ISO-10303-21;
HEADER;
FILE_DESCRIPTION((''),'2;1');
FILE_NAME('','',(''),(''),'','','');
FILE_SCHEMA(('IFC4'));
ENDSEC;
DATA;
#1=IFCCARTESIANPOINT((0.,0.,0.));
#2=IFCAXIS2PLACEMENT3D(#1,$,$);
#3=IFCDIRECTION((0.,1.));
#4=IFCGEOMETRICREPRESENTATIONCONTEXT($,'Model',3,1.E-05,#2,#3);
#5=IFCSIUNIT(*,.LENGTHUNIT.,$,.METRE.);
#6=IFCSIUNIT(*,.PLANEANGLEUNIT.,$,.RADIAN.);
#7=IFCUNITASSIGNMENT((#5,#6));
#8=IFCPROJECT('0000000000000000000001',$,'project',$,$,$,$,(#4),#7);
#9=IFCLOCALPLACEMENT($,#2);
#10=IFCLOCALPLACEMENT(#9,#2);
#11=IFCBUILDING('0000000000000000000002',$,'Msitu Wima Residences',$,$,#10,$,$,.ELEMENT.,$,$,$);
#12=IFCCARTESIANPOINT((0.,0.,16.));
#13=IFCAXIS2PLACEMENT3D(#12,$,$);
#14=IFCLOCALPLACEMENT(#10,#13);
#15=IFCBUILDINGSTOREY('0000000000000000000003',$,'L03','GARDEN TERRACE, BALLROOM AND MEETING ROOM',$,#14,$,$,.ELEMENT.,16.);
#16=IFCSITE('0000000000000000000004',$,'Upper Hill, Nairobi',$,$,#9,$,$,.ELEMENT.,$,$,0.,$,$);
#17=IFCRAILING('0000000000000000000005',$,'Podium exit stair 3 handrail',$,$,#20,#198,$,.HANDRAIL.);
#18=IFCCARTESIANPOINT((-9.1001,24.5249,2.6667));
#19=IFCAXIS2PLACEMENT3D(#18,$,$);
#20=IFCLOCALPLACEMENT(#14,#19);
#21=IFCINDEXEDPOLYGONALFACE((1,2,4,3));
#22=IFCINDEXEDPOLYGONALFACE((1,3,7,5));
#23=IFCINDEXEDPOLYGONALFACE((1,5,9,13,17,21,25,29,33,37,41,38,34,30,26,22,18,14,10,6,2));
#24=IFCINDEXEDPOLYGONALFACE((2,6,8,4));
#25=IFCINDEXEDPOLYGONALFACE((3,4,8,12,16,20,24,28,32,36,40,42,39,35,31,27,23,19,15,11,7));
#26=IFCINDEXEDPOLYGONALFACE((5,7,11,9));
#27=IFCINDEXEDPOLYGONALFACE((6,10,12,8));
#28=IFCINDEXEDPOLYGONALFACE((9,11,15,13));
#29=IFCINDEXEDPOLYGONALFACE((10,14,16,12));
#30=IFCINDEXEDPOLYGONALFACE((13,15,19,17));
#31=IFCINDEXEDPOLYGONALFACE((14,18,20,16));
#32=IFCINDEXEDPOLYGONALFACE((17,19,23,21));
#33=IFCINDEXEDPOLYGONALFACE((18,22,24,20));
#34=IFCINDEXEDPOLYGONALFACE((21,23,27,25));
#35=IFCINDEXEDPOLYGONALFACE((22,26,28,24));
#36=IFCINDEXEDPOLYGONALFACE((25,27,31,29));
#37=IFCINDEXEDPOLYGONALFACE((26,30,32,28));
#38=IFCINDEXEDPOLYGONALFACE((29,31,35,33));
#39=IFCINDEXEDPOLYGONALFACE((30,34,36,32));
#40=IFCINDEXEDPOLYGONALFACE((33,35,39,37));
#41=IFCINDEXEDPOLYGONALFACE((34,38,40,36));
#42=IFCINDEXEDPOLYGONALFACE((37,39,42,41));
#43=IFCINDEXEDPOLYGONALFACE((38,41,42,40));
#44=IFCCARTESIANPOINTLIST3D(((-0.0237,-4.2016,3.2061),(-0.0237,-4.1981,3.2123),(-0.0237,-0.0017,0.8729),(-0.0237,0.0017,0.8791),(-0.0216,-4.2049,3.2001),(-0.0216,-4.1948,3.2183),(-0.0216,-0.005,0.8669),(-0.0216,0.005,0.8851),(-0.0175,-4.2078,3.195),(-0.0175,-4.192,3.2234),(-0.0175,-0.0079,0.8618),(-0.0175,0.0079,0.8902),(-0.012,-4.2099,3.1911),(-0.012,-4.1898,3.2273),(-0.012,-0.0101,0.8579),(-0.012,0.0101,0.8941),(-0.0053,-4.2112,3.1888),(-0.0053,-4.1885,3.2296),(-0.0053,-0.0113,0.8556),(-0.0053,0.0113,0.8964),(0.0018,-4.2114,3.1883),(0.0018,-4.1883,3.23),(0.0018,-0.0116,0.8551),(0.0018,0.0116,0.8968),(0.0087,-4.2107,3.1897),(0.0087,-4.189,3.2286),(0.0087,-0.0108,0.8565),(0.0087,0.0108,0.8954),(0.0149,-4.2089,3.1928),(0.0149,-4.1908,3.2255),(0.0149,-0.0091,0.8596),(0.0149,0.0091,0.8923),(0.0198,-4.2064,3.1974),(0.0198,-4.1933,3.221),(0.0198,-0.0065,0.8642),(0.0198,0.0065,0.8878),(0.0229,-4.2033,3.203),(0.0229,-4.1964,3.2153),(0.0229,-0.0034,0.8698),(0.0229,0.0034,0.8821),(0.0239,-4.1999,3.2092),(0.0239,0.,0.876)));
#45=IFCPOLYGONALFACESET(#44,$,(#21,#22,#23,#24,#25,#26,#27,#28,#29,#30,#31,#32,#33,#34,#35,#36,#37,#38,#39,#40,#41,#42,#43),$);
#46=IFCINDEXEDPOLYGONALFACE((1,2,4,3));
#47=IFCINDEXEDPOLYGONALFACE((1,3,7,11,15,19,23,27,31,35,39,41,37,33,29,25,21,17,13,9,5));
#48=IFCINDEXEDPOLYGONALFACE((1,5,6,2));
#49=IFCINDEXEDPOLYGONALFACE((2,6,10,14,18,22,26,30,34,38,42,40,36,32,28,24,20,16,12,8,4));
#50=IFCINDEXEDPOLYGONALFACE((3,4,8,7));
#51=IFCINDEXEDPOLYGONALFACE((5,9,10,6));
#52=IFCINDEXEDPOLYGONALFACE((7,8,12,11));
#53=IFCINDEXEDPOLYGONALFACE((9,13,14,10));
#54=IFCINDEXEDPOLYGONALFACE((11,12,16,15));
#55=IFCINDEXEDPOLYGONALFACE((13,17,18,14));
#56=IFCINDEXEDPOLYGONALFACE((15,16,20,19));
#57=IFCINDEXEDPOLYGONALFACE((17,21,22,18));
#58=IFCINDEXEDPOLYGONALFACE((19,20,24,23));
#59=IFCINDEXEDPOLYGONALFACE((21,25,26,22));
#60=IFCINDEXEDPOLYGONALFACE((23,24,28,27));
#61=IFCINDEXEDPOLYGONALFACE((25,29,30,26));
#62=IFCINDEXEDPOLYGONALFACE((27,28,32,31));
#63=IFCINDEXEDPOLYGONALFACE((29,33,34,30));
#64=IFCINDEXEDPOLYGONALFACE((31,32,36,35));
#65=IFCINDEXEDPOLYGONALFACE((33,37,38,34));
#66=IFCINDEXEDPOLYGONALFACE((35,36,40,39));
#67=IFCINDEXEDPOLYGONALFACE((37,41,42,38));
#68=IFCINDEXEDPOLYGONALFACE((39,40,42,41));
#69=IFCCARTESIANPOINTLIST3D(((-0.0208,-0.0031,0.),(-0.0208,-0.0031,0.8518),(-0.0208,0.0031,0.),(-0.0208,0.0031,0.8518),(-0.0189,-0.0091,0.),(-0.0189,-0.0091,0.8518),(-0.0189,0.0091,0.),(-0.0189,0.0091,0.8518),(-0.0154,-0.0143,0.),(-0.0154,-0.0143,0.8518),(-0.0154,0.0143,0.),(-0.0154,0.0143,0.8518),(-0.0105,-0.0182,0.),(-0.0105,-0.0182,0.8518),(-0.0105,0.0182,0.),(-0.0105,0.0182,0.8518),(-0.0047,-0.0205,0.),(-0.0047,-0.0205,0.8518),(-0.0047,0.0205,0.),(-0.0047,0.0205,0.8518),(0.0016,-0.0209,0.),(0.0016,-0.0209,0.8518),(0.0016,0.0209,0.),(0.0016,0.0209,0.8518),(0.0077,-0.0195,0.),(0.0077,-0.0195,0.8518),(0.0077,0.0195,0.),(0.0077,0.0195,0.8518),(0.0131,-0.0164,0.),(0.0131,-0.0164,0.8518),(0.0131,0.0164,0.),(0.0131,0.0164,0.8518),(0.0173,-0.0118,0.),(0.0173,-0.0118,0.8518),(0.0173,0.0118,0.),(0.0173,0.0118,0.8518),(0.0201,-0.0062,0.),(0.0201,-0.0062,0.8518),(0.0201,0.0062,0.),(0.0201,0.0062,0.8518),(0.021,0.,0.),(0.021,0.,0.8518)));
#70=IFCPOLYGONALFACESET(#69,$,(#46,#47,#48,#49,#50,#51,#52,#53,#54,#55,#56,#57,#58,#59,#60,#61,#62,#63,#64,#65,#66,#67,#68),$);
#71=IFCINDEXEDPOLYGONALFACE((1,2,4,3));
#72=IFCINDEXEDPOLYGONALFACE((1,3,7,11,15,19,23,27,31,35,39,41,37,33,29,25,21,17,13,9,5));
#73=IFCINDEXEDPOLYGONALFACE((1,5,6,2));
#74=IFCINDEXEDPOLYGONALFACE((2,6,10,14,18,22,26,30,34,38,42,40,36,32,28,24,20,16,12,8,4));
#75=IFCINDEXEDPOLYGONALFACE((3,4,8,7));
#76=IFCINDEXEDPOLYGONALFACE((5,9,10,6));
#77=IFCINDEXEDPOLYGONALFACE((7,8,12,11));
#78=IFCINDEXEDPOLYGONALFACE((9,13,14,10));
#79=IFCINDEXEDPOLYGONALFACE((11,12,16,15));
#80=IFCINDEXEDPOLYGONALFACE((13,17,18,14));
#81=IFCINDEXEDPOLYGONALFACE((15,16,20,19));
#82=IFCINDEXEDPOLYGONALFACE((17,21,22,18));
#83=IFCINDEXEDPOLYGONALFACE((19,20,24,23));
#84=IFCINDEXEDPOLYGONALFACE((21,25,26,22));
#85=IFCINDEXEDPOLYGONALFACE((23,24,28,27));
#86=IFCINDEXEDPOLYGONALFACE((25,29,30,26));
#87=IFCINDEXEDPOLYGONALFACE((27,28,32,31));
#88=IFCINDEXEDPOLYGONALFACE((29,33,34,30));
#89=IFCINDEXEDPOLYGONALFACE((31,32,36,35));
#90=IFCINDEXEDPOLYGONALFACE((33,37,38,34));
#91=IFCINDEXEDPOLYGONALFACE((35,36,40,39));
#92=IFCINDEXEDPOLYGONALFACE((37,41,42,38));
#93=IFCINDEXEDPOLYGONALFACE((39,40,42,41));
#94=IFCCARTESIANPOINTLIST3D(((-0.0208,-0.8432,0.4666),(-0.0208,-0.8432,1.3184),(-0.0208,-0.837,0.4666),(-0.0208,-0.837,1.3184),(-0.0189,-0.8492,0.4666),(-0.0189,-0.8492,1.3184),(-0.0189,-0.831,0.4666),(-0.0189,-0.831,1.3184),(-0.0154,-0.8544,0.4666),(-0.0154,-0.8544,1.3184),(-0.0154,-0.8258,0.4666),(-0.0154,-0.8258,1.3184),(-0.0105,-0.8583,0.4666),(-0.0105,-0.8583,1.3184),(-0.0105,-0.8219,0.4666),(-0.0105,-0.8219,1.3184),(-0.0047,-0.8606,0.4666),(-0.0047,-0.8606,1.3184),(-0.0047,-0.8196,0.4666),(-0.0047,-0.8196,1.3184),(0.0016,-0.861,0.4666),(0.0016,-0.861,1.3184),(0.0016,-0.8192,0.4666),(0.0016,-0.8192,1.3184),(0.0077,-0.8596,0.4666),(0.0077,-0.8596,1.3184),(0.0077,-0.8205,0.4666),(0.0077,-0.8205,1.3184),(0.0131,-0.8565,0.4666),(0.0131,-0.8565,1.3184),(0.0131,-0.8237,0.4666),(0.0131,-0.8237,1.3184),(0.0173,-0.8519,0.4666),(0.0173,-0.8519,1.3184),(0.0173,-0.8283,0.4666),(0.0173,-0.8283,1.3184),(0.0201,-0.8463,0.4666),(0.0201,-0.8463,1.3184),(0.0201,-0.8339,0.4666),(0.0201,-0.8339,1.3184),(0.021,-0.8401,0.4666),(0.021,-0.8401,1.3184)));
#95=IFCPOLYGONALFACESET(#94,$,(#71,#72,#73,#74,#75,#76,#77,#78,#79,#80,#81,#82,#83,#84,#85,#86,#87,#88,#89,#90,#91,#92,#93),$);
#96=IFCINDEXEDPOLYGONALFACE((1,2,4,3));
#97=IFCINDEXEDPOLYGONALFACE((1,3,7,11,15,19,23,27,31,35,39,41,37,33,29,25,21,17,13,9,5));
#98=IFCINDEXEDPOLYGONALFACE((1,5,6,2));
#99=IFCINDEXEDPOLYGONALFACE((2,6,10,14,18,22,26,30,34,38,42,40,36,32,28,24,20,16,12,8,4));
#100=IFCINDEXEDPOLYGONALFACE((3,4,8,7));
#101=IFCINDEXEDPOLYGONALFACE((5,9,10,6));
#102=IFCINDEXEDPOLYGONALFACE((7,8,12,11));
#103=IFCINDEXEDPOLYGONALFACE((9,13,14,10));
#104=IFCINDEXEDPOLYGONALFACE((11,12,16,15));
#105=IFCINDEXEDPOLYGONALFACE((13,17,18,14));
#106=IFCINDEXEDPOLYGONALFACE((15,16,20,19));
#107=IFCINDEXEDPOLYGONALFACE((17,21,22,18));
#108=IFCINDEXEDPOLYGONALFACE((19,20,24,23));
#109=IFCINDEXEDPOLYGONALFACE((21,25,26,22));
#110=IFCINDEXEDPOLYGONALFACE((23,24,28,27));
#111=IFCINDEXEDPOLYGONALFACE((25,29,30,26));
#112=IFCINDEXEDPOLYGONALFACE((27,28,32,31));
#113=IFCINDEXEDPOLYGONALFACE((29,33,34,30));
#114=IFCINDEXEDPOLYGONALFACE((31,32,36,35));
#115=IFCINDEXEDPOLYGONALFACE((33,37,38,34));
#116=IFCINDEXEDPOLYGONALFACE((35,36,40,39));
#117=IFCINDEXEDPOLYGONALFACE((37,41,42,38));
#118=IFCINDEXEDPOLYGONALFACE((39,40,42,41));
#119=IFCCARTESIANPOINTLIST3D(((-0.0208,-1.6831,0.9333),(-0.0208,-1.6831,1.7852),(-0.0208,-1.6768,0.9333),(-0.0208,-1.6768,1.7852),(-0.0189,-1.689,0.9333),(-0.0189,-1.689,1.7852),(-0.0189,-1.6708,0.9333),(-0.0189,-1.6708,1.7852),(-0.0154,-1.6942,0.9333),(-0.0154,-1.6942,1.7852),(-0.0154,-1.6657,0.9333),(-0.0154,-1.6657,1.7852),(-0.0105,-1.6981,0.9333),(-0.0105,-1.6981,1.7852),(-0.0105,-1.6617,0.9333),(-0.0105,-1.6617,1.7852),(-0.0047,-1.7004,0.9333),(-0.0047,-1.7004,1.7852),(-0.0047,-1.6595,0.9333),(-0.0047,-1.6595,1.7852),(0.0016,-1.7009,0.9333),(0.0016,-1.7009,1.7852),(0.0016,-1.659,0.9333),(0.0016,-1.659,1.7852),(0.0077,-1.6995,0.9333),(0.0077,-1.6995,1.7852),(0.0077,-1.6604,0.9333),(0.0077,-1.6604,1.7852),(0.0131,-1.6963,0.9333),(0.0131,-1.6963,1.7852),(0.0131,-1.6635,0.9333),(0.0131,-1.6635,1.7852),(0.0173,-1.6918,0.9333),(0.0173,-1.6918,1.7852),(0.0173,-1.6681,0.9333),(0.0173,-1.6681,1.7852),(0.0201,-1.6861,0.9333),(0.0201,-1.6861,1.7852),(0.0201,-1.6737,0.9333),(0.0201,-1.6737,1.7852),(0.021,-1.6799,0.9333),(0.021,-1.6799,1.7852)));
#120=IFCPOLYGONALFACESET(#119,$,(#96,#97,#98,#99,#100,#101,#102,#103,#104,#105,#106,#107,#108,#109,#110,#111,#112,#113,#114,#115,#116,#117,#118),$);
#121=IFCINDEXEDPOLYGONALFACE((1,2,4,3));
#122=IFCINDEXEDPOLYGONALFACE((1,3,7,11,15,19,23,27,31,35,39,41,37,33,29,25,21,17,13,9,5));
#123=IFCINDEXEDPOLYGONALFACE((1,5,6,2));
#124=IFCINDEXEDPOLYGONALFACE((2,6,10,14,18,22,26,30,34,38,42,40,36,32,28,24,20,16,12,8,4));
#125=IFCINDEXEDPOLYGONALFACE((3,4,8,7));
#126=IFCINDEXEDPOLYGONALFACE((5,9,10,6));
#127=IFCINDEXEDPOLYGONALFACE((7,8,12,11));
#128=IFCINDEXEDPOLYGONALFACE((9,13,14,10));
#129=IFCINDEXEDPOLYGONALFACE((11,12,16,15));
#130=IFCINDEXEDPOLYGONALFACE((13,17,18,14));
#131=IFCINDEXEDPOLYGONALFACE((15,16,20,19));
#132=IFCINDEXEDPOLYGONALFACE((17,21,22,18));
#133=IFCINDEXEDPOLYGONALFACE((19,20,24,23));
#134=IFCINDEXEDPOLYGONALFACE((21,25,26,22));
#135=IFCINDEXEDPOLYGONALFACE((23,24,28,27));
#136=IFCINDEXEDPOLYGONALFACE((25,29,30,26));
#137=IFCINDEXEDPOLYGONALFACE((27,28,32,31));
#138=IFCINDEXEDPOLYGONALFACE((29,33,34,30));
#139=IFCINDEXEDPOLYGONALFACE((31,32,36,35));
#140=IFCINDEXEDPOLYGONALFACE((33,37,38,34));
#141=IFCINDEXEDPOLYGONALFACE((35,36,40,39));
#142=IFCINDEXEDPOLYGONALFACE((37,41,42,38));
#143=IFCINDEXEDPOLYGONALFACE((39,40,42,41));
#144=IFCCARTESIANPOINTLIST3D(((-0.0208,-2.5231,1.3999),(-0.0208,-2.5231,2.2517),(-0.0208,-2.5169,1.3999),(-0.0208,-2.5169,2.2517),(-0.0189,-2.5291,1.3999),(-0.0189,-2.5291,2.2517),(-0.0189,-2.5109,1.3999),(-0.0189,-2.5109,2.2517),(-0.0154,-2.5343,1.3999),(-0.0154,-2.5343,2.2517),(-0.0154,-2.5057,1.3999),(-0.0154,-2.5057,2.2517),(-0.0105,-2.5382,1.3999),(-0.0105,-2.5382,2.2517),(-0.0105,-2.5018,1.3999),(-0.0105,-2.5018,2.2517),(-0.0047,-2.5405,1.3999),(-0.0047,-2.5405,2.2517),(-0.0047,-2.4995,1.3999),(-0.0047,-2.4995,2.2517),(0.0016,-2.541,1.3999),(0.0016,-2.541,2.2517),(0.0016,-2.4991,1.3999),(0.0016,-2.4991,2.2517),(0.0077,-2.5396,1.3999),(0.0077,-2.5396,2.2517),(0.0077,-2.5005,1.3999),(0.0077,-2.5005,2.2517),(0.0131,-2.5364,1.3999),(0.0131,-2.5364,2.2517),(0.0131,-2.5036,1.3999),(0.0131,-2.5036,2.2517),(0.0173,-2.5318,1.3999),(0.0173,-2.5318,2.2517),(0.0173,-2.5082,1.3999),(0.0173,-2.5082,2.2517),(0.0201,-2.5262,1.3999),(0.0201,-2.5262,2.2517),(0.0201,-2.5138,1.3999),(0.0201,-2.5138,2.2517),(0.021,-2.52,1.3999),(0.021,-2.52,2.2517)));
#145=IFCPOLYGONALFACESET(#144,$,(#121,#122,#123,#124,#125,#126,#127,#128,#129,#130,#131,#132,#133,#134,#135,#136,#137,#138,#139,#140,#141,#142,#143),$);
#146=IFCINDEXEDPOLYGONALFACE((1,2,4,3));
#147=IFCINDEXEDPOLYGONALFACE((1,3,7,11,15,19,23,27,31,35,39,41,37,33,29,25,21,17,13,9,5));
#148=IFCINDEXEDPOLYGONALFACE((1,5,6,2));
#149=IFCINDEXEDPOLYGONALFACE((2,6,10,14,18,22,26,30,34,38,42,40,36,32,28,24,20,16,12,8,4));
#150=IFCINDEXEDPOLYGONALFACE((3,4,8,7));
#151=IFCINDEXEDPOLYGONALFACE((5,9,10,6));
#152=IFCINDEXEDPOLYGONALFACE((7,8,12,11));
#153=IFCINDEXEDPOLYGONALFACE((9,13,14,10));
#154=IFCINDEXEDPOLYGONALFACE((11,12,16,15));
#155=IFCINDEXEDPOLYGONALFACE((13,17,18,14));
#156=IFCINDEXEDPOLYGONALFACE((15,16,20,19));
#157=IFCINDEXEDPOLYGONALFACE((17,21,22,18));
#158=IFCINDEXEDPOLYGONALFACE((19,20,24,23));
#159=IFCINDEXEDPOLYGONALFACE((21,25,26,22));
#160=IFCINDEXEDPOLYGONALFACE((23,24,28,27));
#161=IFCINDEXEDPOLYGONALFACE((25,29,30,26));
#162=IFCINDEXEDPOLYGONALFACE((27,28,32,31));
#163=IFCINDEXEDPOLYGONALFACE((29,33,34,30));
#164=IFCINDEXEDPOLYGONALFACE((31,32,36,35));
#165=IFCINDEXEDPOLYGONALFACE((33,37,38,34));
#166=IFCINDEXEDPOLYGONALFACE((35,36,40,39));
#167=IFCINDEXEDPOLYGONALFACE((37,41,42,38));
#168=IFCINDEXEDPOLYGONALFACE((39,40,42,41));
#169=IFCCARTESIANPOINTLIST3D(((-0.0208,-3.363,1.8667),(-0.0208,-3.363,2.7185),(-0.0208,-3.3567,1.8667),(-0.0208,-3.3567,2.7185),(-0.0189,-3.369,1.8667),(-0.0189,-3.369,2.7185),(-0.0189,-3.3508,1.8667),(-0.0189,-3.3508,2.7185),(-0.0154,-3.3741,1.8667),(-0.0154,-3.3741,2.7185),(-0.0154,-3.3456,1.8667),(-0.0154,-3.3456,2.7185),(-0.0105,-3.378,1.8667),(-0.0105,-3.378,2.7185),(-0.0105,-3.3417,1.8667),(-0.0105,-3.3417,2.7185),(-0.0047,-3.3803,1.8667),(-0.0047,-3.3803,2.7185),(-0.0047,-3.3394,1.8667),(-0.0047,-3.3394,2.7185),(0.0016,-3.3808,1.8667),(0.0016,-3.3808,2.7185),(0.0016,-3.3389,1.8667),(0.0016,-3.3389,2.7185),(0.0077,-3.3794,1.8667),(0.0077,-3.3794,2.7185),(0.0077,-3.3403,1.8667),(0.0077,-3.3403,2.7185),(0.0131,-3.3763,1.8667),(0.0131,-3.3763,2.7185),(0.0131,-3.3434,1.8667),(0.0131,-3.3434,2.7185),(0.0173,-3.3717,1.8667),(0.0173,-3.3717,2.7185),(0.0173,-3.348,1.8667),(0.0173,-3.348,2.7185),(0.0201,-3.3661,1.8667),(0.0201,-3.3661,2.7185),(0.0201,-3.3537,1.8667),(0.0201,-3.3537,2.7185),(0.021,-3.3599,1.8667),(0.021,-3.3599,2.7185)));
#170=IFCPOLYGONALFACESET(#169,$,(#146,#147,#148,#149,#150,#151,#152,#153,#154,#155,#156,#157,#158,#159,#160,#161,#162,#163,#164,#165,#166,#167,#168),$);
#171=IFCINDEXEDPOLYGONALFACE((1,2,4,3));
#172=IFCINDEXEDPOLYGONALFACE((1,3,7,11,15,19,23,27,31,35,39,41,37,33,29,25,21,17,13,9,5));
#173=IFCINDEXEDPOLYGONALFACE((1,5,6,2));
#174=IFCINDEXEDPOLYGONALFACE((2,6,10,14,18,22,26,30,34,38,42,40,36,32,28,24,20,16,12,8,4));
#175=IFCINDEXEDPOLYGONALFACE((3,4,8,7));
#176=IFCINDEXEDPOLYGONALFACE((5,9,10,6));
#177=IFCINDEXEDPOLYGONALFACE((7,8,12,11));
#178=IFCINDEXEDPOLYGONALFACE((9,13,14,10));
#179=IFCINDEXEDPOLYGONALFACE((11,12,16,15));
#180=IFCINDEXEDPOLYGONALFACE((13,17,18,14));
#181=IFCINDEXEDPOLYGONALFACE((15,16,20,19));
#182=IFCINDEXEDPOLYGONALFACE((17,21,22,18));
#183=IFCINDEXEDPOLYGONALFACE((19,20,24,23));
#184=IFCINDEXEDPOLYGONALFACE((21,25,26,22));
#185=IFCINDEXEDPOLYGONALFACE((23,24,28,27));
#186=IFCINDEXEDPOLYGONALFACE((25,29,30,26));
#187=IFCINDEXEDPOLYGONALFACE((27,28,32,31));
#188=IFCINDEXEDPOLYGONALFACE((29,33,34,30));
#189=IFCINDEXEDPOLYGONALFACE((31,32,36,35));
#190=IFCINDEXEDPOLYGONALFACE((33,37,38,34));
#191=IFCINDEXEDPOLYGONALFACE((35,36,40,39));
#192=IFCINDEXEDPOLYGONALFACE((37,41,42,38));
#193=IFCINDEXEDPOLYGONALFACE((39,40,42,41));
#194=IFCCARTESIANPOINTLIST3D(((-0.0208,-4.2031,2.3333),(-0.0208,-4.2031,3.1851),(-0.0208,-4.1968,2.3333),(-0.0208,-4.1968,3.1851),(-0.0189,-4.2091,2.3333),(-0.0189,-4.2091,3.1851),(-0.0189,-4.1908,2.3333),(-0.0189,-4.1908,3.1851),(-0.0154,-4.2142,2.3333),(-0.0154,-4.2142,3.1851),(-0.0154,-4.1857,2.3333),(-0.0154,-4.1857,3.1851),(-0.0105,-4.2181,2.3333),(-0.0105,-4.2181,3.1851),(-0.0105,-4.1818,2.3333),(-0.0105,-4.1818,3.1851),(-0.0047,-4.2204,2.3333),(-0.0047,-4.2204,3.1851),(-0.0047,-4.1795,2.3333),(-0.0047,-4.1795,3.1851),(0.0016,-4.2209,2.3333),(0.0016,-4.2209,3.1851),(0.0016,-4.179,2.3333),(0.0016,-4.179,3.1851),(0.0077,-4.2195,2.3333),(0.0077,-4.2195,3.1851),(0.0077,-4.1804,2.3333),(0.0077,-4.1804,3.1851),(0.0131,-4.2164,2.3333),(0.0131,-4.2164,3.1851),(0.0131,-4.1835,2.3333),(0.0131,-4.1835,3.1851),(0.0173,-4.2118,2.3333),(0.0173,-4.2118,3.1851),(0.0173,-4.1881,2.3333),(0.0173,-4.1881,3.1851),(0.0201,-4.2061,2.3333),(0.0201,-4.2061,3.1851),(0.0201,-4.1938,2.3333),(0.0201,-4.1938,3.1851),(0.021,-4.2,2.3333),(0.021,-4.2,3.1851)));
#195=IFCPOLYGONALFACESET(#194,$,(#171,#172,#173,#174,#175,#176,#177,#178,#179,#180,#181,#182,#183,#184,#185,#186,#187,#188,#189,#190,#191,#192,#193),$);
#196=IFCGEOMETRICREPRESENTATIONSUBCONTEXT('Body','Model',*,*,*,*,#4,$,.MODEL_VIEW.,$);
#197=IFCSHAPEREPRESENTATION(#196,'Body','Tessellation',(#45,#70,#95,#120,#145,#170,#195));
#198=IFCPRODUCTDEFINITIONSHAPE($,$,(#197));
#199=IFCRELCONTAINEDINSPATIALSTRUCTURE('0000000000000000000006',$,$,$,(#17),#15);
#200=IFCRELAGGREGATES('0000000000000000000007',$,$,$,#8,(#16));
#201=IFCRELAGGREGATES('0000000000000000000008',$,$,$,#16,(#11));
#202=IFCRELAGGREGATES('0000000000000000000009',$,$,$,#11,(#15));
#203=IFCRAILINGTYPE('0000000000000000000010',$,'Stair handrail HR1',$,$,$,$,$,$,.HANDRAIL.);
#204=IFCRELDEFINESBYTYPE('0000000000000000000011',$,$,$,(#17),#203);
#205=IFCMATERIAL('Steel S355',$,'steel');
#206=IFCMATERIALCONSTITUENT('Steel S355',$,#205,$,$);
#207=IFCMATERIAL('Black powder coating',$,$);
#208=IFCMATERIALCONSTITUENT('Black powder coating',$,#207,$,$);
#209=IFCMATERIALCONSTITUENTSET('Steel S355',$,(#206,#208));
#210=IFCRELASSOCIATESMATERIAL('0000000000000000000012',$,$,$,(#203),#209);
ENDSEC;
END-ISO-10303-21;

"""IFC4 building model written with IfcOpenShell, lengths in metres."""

from ifc_helpers import new_model, si_unit, direction, frame, origin, origin_2d, place, context, subcontext, project, spatial, circle, extrude, material, constituent, constituent_set, type_object, element, save


model = new_model("IFC4")

# Units and contexts
model_context = context("Model", 3, precision=1e-05, world=origin(), true_north=direction((0.0, 1.0)))
body_context = subcontext(model_context, "Body", "Model", "MODEL_VIEW")
ifc_project = project(units=[si_unit("LENGTHUNIT", "METRE"), si_unit("PLANEANGLEUNIT", "RADIAN")], contexts=[model_context])

# Site, building, storey
site_placement = place(None, origin())
site = spatial("IfcSite", under=ifc_project, at=site_placement, Name="Upper Hill, Nairobi", CompositionType="ELEMENT", RefElevation=0.0)
building_placement = place(site_placement, origin())
building = spatial("IfcBuilding", under=site, at=building_placement, Name="Msitu Wima Residences", CompositionType="ELEMENT")
storey_placement = place(building_placement, frame((0.0, 0.0, 16.0)))
storey = spatial("IfcBuildingStorey", under=building, at=storey_placement, Name="L03", Description="GARDEN TERRACE, BALLROOM AND MEETING ROOM", CompositionType="ELEMENT", Elevation=16.0)

# Railing
ifc_material_1 = material(Name="Steel S355", Category="steel")
ifc_constituent_1 = constituent(ifc_material_1, Name="Steel S355")
ifc_material_2 = material(Name="Black powder coating")
ifc_constituent_2 = constituent(ifc_material_2, Name="Black powder coating")
ifc_constituent_set = constituent_set(constituents=[ifc_constituent_1, ifc_constituent_2], Name="Steel S355")
railing_type = type_object("IfcRailingType", Name="Stair handrail HR1", PredefinedType="HANDRAIL", material=ifc_constituent_set)
for number, where, name in (
    (1, (-9.1001, 24.5249, 2.6667), "Podium exit stair 3 handrail"),
):
    element("IfcRailing", number, at=place(storey_placement, frame(where)), inside=storey, type_object=railing_type, Name=name, PredefinedType="HANDRAIL", context=body_context, shape_type="SweptSolid", body=[
        extrude(circle(Radius=0.0239, at=origin_2d()), frame((0.0, 0.0, 0.876), z_axis=(0.0, -0.874162, 0.485634), x_axis=(1.0, 0.0, 0.0)), (0.0, 0.0, 1.0), 4.8044),
        extrude(circle(Radius=0.021, at=origin_2d()), origin(), (0.0, 0.0, 1.0), 0.8518),
        extrude(circle(Radius=0.021, at=origin_2d()), frame((0.0, -0.8401, 0.4666)), (0.0, 0.0, 1.0), 0.8518),
        extrude(circle(Radius=0.021, at=origin_2d()), frame((0.0, -1.6799, 0.9333)), (0.0, 0.0, 1.0), 0.8518),
        extrude(circle(Radius=0.021, at=origin_2d()), frame((0.0, -2.52, 1.3999)), (0.0, 0.0, 1.0), 0.8518),
        extrude(circle(Radius=0.021, at=origin_2d()), frame((0.0, -3.3599, 1.8667)), (0.0, 0.0, 1.0), 0.8518),
        extrude(circle(Radius=0.021, at=origin_2d()), frame((0.0, -4.2, 2.3333)), (0.0, 0.0, 1.0), 0.8518),
    ])

save(model, "model.ifc")
